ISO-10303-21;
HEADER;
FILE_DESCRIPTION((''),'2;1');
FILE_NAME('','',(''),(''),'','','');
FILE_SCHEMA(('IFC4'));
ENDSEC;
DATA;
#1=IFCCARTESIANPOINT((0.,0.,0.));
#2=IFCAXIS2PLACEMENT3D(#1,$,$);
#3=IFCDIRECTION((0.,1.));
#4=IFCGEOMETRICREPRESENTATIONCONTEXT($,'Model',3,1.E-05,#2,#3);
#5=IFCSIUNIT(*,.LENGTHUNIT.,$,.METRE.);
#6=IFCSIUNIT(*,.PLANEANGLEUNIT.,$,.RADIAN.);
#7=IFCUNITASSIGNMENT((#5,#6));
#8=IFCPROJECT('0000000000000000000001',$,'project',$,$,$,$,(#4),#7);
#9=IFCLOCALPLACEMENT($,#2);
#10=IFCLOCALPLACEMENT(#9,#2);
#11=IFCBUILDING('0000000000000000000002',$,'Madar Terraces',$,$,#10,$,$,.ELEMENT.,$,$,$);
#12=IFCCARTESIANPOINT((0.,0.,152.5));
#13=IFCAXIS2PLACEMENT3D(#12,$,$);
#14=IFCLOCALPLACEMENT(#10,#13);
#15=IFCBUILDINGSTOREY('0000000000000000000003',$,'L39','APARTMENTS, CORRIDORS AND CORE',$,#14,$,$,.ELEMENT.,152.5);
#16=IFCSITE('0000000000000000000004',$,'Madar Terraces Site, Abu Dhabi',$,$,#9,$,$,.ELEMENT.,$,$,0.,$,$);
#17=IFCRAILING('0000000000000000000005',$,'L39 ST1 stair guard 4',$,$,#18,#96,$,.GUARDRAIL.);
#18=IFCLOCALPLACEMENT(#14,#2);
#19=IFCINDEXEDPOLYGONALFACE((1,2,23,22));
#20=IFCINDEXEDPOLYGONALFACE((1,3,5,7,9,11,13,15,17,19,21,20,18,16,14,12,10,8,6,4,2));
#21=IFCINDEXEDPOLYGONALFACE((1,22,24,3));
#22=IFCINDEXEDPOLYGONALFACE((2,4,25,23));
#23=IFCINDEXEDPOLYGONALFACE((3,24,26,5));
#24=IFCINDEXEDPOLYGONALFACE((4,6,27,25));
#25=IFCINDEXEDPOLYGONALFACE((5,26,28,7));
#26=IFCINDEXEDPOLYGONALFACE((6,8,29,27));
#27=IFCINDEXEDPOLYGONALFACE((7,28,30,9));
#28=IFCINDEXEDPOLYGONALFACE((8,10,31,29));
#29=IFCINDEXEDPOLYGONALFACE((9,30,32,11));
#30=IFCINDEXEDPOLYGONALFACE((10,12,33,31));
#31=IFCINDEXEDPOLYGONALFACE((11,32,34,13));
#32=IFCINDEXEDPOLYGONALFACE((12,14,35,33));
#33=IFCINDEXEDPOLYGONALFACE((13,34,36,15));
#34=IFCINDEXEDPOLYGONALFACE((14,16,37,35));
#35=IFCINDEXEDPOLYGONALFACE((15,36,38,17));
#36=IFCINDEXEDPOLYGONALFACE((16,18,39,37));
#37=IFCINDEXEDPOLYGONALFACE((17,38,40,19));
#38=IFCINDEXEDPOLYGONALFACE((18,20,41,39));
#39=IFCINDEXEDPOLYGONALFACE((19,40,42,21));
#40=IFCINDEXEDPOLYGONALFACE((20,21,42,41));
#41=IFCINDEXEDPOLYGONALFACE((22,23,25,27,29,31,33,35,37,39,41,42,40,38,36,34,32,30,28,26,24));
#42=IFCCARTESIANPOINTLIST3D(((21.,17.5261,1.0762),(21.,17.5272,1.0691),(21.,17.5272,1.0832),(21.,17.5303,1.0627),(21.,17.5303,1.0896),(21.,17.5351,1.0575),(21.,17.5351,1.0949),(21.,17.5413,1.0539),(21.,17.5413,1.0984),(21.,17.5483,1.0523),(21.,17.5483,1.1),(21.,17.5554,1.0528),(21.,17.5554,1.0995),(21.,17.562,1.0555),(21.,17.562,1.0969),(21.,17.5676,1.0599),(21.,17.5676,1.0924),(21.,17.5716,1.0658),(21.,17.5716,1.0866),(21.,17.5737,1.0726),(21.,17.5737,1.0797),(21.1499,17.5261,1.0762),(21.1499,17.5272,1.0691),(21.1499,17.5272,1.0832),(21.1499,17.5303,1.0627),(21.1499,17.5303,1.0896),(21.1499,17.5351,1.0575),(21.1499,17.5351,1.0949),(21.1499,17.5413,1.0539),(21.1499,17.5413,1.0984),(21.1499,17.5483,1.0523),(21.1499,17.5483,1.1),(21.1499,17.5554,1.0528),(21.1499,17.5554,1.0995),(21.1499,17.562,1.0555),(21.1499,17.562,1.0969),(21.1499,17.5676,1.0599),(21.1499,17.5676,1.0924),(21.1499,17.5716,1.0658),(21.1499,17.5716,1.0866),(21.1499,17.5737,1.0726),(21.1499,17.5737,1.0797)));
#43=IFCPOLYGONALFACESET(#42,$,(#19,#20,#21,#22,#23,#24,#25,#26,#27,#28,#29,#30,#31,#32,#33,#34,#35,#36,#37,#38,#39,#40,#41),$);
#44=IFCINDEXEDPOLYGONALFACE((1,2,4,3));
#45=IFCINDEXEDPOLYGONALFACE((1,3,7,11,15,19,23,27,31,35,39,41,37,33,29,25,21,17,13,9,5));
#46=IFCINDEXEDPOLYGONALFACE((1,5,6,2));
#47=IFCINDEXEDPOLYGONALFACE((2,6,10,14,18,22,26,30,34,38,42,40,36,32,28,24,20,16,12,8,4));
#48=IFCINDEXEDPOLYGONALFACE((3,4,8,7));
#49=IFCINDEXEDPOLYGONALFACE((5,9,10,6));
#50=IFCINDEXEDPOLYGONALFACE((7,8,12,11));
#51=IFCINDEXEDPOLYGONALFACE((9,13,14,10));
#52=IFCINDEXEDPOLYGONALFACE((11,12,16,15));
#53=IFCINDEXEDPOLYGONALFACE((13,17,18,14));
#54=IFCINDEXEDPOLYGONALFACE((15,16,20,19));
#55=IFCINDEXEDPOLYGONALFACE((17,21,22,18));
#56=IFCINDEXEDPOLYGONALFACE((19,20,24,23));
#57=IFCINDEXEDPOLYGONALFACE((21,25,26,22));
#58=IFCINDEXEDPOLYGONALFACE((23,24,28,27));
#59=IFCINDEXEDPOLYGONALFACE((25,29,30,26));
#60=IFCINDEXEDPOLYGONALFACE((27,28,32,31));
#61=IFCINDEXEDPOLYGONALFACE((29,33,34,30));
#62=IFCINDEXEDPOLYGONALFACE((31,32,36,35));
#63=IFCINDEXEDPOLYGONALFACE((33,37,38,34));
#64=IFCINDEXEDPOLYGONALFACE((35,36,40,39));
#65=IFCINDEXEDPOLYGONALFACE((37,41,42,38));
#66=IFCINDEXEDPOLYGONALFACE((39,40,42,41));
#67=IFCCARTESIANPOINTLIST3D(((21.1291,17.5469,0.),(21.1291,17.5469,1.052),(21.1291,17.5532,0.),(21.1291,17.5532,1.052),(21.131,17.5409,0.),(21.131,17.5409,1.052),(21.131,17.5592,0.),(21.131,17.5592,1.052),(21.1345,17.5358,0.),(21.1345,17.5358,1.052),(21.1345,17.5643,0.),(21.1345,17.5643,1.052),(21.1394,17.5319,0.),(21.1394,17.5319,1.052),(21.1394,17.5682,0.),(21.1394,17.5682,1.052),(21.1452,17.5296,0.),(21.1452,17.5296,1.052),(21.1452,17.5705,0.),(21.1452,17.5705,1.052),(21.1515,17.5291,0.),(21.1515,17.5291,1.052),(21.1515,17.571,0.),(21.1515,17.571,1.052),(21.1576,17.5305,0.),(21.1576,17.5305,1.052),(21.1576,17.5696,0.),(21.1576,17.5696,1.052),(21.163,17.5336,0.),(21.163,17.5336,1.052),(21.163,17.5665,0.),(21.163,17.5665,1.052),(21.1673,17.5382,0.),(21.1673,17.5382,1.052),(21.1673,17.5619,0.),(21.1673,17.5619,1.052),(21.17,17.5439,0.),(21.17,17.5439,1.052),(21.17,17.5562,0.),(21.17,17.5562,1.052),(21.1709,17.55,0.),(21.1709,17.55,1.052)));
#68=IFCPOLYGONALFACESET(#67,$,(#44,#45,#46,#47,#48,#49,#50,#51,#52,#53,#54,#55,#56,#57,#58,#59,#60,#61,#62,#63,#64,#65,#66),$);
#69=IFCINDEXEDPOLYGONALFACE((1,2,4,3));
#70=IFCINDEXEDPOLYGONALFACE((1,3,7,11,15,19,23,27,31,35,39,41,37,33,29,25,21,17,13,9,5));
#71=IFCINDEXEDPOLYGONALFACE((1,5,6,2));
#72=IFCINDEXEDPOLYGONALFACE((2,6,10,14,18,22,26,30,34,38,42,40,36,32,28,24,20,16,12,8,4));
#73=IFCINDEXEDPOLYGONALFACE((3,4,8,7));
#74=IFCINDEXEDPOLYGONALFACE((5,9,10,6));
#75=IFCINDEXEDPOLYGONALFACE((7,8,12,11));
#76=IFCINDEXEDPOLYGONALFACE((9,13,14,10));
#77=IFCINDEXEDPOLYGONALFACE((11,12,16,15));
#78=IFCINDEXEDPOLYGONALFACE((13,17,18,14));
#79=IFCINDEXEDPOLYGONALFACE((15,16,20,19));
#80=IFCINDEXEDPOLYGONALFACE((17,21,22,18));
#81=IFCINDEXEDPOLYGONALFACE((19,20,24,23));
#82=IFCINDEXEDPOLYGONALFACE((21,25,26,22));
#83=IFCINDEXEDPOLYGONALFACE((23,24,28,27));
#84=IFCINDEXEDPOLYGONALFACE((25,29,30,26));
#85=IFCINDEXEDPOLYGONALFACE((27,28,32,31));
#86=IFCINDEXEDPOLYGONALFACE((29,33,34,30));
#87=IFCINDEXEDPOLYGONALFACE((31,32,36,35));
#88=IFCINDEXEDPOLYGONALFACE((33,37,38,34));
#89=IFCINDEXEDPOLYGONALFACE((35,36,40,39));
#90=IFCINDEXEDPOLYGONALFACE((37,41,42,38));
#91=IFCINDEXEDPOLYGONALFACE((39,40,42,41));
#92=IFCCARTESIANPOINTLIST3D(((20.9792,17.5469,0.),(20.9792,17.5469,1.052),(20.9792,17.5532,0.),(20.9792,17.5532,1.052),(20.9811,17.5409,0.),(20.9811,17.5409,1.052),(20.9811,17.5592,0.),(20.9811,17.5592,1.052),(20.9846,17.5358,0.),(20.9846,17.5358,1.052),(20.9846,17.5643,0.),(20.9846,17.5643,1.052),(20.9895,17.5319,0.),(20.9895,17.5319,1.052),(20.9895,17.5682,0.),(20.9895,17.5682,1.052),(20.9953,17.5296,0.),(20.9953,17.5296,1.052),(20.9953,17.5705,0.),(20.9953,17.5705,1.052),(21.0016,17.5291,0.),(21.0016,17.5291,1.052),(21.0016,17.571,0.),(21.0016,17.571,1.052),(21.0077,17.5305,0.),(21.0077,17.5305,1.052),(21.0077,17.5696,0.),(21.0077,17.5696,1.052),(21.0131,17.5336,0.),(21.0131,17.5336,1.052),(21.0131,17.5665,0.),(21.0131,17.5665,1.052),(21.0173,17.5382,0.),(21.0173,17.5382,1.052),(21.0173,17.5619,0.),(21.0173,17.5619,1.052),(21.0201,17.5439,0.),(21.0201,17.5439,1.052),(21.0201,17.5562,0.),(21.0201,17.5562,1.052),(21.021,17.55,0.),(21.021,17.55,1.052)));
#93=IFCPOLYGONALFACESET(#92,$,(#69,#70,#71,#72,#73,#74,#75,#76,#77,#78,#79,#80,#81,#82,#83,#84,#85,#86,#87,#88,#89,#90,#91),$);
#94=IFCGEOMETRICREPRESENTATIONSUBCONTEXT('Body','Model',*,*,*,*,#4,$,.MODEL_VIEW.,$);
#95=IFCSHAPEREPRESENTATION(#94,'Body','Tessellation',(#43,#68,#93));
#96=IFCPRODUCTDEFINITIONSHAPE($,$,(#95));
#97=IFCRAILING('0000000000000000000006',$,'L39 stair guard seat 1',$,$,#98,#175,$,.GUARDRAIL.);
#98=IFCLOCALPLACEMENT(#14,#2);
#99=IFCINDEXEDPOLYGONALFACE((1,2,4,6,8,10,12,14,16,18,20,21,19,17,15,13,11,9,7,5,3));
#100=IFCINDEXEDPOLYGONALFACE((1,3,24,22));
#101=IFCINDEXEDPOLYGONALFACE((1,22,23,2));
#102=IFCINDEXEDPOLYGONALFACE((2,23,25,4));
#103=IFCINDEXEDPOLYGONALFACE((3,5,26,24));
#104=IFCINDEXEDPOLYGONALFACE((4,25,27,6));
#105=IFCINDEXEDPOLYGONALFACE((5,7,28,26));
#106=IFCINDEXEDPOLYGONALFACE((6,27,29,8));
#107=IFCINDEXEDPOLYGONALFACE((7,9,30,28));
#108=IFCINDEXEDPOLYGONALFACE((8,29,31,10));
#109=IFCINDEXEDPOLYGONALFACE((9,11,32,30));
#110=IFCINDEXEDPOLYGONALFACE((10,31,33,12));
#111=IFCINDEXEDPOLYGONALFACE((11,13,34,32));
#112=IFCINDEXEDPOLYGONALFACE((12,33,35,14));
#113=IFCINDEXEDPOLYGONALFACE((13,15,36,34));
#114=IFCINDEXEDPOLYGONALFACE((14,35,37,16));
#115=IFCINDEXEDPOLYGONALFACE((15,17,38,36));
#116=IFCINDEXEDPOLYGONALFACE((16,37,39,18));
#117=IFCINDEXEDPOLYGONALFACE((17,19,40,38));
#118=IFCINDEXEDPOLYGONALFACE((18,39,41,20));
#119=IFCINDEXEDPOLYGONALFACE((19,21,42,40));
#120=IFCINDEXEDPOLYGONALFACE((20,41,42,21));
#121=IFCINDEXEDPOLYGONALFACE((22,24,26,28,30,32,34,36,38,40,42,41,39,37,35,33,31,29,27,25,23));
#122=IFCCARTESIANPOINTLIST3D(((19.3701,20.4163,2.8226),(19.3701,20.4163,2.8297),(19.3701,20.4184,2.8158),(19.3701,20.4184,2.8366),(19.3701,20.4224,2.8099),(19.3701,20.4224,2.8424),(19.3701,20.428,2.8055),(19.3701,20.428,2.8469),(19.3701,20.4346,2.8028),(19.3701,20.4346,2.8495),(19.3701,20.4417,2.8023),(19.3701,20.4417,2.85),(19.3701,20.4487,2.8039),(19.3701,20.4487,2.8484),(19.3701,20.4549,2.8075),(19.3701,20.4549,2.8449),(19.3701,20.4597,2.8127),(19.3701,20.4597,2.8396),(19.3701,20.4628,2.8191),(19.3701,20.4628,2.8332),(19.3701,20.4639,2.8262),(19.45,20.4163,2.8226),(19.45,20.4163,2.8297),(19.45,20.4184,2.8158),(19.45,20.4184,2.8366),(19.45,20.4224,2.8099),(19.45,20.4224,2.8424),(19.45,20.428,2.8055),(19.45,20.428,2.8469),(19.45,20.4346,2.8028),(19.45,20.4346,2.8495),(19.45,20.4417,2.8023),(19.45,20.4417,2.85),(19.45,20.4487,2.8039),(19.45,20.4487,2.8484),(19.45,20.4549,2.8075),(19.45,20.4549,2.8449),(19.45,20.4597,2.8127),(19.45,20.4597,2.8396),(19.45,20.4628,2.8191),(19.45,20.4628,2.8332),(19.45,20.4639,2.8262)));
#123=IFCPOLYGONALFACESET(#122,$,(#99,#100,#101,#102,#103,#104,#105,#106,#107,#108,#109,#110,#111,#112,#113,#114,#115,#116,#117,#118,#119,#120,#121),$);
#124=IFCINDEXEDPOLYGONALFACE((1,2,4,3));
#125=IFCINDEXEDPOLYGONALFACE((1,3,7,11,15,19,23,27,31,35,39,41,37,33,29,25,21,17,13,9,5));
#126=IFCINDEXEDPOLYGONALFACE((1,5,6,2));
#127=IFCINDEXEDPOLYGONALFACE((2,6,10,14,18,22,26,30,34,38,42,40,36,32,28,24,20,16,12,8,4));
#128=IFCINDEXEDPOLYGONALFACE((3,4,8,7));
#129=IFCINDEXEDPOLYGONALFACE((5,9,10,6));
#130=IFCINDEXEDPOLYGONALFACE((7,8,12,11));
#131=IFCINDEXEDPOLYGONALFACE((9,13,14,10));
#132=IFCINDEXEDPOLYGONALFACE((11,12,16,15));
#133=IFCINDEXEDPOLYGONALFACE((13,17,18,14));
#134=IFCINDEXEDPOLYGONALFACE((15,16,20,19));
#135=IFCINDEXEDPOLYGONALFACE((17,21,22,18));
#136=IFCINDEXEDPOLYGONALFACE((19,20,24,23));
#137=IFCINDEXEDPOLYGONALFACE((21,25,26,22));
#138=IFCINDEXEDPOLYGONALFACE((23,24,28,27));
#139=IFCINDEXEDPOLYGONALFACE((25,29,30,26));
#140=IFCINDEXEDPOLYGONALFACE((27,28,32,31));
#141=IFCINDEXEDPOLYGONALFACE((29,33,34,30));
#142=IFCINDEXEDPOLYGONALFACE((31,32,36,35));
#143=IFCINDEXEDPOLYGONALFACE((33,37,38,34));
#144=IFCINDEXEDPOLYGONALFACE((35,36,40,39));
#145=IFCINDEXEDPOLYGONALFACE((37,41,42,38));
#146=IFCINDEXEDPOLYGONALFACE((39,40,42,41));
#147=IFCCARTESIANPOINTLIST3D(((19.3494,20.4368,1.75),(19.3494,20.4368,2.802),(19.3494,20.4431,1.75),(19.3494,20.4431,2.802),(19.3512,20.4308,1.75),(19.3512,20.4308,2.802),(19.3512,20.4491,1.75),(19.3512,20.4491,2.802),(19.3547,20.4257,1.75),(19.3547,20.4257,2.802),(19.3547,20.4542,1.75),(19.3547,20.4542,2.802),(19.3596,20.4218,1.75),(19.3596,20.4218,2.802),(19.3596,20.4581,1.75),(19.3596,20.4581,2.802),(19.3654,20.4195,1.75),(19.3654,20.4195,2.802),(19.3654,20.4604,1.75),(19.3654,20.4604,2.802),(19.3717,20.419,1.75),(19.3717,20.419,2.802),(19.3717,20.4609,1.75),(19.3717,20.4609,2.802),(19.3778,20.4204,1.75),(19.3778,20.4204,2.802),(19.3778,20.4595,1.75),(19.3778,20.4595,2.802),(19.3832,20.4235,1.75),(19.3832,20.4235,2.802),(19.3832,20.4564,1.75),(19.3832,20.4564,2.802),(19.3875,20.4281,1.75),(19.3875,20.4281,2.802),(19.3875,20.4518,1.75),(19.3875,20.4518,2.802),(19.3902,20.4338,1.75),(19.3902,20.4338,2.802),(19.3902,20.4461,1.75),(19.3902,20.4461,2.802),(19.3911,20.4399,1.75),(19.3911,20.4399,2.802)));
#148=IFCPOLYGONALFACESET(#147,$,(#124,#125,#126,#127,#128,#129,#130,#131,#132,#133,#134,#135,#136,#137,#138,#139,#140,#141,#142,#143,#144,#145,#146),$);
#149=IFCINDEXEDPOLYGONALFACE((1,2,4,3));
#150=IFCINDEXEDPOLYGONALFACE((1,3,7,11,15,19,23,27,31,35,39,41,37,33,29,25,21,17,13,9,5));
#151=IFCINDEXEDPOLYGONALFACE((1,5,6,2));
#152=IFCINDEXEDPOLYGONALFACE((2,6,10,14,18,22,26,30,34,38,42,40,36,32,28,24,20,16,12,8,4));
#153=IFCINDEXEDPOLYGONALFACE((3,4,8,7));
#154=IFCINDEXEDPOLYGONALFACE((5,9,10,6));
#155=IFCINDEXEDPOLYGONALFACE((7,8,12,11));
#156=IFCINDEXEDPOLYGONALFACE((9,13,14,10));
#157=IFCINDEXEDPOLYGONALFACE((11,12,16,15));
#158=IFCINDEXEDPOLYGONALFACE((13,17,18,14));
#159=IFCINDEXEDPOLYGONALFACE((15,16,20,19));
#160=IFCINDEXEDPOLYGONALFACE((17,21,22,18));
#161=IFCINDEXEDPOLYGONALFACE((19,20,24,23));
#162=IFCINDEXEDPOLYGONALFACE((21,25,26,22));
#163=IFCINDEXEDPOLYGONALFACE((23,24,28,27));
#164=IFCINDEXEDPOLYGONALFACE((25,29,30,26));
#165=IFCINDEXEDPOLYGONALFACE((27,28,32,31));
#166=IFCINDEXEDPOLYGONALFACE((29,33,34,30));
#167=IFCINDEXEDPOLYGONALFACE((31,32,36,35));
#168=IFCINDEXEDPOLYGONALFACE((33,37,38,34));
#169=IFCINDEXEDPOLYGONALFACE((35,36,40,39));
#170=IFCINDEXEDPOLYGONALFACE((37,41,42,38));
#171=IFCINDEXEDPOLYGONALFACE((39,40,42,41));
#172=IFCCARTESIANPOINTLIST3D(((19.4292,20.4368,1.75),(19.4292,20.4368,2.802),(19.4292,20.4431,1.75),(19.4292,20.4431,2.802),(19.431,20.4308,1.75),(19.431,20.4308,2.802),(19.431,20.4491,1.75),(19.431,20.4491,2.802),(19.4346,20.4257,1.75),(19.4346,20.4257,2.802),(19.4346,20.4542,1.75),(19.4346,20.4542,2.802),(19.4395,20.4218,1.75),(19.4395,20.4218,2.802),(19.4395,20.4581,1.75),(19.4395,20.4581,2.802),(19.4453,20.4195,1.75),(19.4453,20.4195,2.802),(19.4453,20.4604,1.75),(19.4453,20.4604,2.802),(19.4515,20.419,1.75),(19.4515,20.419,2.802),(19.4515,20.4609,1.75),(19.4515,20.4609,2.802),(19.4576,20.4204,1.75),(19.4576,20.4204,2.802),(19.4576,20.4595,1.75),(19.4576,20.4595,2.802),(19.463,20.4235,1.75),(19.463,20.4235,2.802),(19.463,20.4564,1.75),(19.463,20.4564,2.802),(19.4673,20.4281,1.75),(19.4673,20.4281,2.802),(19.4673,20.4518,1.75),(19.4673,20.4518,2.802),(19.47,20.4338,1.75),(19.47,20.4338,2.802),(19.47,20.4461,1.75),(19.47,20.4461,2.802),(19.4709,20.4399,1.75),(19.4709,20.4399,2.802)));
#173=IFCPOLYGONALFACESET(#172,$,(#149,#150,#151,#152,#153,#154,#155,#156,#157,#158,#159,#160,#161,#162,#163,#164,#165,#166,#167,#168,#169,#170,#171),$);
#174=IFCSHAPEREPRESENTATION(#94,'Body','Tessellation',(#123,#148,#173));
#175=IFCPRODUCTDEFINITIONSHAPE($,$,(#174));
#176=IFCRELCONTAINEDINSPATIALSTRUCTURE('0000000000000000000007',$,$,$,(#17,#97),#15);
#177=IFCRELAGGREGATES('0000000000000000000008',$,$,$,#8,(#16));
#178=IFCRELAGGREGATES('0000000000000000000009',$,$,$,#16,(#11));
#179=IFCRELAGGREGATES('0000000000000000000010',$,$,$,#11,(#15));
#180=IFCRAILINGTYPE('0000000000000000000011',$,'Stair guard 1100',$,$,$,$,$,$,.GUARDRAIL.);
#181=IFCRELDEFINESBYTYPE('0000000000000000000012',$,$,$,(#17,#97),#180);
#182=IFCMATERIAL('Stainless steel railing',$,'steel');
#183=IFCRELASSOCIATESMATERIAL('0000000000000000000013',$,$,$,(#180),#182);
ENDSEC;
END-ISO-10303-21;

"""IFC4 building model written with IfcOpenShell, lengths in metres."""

from ifc_helpers import new_model, si_unit, direction, frame, origin, origin_2d, place, context, subcontext, project, spatial, circle, extrude, material, type_object, element, save


model = new_model("IFC4")

# Units and contexts
model_context = context("Model", 3, precision=1e-05, world=origin(), true_north=direction((0.0, 1.0)))
body_context = subcontext(model_context, "Body", "Model", "MODEL_VIEW")
ifc_project = project(units=[si_unit("LENGTHUNIT", "METRE"), si_unit("PLANEANGLEUNIT", "RADIAN")], contexts=[model_context])

# Site, building, storey
site_placement = place(None, origin())
site = spatial("IfcSite", under=ifc_project, at=site_placement, Name="Madar Terraces Site, Abu Dhabi", CompositionType="ELEMENT", RefElevation=0.0)
building_placement = place(site_placement, origin())
building = spatial("IfcBuilding", under=site, at=building_placement, Name="Madar Terraces", CompositionType="ELEMENT")
storey_placement = place(building_placement, frame((0.0, 0.0, 152.5)))
storey = spatial("IfcBuildingStorey", under=building, at=storey_placement, Name="L39", Description="APARTMENTS, CORRIDORS AND CORE", CompositionType="ELEMENT", Elevation=152.5)

# Railings
ifc_material_1 = material(Name="Stainless steel railing", Category="steel")
railing_type_1 = type_object("IfcRailingType", Name="Stair guard 1100", PredefinedType="GUARDRAIL", material=ifc_material_1)
railing_1_placement = place(storey_placement, frame((21.1499, 17.55, 0.0)))
element("IfcRailing", 1, at=railing_1_placement, inside=storey, type_object=railing_type_1, Name="L39 ST1 stair guard 4", PredefinedType="GUARDRAIL", context=body_context, shape_type="SweptSolid", body=[
    extrude(circle(Radius=0.0239, at=origin_2d()), frame((0.0, 0.0, 1.0762), z_axis=(-1.0, 0.0, 0.0), x_axis=(0.0, -1.0, 0.0)), (0.0, 0.0, 1.0), 0.1499),
    extrude(circle(Radius=0.021, at=origin_2d()), origin(), (0.0, 0.0, 1.0), 1.052),
    extrude(circle(Radius=0.021, at=origin_2d()), frame((-0.1499, 0.0, 0.0)), (0.0, 0.0, 1.0), 1.052),
])
railing_2_placement = place(storey_placement, frame((19.3701, 20.4399, 1.75)))
element("IfcRailing", 2, at=railing_2_placement, inside=storey, type_object=railing_type_1, Name="L39 stair guard seat 1", PredefinedType="GUARDRAIL", context=body_context, shape_type="SweptSolid", body=[
    extrude(circle(Radius=0.0239, at=origin_2d()), frame((0.0, 0.0, 1.0762), z_axis=(1.0, 0.0, 0.0), x_axis=(0.0, 1.0, 0.0)), (0.0, 0.0, 1.0), 0.0798),
    extrude(circle(Radius=0.021, at=origin_2d()), origin(), (0.0, 0.0, 1.0), 1.052),
    extrude(circle(Radius=0.021, at=origin_2d()), frame((0.0798, 0.0, 0.0)), (0.0, 0.0, 1.0), 1.052),
])

save(model, "model.ifc")
